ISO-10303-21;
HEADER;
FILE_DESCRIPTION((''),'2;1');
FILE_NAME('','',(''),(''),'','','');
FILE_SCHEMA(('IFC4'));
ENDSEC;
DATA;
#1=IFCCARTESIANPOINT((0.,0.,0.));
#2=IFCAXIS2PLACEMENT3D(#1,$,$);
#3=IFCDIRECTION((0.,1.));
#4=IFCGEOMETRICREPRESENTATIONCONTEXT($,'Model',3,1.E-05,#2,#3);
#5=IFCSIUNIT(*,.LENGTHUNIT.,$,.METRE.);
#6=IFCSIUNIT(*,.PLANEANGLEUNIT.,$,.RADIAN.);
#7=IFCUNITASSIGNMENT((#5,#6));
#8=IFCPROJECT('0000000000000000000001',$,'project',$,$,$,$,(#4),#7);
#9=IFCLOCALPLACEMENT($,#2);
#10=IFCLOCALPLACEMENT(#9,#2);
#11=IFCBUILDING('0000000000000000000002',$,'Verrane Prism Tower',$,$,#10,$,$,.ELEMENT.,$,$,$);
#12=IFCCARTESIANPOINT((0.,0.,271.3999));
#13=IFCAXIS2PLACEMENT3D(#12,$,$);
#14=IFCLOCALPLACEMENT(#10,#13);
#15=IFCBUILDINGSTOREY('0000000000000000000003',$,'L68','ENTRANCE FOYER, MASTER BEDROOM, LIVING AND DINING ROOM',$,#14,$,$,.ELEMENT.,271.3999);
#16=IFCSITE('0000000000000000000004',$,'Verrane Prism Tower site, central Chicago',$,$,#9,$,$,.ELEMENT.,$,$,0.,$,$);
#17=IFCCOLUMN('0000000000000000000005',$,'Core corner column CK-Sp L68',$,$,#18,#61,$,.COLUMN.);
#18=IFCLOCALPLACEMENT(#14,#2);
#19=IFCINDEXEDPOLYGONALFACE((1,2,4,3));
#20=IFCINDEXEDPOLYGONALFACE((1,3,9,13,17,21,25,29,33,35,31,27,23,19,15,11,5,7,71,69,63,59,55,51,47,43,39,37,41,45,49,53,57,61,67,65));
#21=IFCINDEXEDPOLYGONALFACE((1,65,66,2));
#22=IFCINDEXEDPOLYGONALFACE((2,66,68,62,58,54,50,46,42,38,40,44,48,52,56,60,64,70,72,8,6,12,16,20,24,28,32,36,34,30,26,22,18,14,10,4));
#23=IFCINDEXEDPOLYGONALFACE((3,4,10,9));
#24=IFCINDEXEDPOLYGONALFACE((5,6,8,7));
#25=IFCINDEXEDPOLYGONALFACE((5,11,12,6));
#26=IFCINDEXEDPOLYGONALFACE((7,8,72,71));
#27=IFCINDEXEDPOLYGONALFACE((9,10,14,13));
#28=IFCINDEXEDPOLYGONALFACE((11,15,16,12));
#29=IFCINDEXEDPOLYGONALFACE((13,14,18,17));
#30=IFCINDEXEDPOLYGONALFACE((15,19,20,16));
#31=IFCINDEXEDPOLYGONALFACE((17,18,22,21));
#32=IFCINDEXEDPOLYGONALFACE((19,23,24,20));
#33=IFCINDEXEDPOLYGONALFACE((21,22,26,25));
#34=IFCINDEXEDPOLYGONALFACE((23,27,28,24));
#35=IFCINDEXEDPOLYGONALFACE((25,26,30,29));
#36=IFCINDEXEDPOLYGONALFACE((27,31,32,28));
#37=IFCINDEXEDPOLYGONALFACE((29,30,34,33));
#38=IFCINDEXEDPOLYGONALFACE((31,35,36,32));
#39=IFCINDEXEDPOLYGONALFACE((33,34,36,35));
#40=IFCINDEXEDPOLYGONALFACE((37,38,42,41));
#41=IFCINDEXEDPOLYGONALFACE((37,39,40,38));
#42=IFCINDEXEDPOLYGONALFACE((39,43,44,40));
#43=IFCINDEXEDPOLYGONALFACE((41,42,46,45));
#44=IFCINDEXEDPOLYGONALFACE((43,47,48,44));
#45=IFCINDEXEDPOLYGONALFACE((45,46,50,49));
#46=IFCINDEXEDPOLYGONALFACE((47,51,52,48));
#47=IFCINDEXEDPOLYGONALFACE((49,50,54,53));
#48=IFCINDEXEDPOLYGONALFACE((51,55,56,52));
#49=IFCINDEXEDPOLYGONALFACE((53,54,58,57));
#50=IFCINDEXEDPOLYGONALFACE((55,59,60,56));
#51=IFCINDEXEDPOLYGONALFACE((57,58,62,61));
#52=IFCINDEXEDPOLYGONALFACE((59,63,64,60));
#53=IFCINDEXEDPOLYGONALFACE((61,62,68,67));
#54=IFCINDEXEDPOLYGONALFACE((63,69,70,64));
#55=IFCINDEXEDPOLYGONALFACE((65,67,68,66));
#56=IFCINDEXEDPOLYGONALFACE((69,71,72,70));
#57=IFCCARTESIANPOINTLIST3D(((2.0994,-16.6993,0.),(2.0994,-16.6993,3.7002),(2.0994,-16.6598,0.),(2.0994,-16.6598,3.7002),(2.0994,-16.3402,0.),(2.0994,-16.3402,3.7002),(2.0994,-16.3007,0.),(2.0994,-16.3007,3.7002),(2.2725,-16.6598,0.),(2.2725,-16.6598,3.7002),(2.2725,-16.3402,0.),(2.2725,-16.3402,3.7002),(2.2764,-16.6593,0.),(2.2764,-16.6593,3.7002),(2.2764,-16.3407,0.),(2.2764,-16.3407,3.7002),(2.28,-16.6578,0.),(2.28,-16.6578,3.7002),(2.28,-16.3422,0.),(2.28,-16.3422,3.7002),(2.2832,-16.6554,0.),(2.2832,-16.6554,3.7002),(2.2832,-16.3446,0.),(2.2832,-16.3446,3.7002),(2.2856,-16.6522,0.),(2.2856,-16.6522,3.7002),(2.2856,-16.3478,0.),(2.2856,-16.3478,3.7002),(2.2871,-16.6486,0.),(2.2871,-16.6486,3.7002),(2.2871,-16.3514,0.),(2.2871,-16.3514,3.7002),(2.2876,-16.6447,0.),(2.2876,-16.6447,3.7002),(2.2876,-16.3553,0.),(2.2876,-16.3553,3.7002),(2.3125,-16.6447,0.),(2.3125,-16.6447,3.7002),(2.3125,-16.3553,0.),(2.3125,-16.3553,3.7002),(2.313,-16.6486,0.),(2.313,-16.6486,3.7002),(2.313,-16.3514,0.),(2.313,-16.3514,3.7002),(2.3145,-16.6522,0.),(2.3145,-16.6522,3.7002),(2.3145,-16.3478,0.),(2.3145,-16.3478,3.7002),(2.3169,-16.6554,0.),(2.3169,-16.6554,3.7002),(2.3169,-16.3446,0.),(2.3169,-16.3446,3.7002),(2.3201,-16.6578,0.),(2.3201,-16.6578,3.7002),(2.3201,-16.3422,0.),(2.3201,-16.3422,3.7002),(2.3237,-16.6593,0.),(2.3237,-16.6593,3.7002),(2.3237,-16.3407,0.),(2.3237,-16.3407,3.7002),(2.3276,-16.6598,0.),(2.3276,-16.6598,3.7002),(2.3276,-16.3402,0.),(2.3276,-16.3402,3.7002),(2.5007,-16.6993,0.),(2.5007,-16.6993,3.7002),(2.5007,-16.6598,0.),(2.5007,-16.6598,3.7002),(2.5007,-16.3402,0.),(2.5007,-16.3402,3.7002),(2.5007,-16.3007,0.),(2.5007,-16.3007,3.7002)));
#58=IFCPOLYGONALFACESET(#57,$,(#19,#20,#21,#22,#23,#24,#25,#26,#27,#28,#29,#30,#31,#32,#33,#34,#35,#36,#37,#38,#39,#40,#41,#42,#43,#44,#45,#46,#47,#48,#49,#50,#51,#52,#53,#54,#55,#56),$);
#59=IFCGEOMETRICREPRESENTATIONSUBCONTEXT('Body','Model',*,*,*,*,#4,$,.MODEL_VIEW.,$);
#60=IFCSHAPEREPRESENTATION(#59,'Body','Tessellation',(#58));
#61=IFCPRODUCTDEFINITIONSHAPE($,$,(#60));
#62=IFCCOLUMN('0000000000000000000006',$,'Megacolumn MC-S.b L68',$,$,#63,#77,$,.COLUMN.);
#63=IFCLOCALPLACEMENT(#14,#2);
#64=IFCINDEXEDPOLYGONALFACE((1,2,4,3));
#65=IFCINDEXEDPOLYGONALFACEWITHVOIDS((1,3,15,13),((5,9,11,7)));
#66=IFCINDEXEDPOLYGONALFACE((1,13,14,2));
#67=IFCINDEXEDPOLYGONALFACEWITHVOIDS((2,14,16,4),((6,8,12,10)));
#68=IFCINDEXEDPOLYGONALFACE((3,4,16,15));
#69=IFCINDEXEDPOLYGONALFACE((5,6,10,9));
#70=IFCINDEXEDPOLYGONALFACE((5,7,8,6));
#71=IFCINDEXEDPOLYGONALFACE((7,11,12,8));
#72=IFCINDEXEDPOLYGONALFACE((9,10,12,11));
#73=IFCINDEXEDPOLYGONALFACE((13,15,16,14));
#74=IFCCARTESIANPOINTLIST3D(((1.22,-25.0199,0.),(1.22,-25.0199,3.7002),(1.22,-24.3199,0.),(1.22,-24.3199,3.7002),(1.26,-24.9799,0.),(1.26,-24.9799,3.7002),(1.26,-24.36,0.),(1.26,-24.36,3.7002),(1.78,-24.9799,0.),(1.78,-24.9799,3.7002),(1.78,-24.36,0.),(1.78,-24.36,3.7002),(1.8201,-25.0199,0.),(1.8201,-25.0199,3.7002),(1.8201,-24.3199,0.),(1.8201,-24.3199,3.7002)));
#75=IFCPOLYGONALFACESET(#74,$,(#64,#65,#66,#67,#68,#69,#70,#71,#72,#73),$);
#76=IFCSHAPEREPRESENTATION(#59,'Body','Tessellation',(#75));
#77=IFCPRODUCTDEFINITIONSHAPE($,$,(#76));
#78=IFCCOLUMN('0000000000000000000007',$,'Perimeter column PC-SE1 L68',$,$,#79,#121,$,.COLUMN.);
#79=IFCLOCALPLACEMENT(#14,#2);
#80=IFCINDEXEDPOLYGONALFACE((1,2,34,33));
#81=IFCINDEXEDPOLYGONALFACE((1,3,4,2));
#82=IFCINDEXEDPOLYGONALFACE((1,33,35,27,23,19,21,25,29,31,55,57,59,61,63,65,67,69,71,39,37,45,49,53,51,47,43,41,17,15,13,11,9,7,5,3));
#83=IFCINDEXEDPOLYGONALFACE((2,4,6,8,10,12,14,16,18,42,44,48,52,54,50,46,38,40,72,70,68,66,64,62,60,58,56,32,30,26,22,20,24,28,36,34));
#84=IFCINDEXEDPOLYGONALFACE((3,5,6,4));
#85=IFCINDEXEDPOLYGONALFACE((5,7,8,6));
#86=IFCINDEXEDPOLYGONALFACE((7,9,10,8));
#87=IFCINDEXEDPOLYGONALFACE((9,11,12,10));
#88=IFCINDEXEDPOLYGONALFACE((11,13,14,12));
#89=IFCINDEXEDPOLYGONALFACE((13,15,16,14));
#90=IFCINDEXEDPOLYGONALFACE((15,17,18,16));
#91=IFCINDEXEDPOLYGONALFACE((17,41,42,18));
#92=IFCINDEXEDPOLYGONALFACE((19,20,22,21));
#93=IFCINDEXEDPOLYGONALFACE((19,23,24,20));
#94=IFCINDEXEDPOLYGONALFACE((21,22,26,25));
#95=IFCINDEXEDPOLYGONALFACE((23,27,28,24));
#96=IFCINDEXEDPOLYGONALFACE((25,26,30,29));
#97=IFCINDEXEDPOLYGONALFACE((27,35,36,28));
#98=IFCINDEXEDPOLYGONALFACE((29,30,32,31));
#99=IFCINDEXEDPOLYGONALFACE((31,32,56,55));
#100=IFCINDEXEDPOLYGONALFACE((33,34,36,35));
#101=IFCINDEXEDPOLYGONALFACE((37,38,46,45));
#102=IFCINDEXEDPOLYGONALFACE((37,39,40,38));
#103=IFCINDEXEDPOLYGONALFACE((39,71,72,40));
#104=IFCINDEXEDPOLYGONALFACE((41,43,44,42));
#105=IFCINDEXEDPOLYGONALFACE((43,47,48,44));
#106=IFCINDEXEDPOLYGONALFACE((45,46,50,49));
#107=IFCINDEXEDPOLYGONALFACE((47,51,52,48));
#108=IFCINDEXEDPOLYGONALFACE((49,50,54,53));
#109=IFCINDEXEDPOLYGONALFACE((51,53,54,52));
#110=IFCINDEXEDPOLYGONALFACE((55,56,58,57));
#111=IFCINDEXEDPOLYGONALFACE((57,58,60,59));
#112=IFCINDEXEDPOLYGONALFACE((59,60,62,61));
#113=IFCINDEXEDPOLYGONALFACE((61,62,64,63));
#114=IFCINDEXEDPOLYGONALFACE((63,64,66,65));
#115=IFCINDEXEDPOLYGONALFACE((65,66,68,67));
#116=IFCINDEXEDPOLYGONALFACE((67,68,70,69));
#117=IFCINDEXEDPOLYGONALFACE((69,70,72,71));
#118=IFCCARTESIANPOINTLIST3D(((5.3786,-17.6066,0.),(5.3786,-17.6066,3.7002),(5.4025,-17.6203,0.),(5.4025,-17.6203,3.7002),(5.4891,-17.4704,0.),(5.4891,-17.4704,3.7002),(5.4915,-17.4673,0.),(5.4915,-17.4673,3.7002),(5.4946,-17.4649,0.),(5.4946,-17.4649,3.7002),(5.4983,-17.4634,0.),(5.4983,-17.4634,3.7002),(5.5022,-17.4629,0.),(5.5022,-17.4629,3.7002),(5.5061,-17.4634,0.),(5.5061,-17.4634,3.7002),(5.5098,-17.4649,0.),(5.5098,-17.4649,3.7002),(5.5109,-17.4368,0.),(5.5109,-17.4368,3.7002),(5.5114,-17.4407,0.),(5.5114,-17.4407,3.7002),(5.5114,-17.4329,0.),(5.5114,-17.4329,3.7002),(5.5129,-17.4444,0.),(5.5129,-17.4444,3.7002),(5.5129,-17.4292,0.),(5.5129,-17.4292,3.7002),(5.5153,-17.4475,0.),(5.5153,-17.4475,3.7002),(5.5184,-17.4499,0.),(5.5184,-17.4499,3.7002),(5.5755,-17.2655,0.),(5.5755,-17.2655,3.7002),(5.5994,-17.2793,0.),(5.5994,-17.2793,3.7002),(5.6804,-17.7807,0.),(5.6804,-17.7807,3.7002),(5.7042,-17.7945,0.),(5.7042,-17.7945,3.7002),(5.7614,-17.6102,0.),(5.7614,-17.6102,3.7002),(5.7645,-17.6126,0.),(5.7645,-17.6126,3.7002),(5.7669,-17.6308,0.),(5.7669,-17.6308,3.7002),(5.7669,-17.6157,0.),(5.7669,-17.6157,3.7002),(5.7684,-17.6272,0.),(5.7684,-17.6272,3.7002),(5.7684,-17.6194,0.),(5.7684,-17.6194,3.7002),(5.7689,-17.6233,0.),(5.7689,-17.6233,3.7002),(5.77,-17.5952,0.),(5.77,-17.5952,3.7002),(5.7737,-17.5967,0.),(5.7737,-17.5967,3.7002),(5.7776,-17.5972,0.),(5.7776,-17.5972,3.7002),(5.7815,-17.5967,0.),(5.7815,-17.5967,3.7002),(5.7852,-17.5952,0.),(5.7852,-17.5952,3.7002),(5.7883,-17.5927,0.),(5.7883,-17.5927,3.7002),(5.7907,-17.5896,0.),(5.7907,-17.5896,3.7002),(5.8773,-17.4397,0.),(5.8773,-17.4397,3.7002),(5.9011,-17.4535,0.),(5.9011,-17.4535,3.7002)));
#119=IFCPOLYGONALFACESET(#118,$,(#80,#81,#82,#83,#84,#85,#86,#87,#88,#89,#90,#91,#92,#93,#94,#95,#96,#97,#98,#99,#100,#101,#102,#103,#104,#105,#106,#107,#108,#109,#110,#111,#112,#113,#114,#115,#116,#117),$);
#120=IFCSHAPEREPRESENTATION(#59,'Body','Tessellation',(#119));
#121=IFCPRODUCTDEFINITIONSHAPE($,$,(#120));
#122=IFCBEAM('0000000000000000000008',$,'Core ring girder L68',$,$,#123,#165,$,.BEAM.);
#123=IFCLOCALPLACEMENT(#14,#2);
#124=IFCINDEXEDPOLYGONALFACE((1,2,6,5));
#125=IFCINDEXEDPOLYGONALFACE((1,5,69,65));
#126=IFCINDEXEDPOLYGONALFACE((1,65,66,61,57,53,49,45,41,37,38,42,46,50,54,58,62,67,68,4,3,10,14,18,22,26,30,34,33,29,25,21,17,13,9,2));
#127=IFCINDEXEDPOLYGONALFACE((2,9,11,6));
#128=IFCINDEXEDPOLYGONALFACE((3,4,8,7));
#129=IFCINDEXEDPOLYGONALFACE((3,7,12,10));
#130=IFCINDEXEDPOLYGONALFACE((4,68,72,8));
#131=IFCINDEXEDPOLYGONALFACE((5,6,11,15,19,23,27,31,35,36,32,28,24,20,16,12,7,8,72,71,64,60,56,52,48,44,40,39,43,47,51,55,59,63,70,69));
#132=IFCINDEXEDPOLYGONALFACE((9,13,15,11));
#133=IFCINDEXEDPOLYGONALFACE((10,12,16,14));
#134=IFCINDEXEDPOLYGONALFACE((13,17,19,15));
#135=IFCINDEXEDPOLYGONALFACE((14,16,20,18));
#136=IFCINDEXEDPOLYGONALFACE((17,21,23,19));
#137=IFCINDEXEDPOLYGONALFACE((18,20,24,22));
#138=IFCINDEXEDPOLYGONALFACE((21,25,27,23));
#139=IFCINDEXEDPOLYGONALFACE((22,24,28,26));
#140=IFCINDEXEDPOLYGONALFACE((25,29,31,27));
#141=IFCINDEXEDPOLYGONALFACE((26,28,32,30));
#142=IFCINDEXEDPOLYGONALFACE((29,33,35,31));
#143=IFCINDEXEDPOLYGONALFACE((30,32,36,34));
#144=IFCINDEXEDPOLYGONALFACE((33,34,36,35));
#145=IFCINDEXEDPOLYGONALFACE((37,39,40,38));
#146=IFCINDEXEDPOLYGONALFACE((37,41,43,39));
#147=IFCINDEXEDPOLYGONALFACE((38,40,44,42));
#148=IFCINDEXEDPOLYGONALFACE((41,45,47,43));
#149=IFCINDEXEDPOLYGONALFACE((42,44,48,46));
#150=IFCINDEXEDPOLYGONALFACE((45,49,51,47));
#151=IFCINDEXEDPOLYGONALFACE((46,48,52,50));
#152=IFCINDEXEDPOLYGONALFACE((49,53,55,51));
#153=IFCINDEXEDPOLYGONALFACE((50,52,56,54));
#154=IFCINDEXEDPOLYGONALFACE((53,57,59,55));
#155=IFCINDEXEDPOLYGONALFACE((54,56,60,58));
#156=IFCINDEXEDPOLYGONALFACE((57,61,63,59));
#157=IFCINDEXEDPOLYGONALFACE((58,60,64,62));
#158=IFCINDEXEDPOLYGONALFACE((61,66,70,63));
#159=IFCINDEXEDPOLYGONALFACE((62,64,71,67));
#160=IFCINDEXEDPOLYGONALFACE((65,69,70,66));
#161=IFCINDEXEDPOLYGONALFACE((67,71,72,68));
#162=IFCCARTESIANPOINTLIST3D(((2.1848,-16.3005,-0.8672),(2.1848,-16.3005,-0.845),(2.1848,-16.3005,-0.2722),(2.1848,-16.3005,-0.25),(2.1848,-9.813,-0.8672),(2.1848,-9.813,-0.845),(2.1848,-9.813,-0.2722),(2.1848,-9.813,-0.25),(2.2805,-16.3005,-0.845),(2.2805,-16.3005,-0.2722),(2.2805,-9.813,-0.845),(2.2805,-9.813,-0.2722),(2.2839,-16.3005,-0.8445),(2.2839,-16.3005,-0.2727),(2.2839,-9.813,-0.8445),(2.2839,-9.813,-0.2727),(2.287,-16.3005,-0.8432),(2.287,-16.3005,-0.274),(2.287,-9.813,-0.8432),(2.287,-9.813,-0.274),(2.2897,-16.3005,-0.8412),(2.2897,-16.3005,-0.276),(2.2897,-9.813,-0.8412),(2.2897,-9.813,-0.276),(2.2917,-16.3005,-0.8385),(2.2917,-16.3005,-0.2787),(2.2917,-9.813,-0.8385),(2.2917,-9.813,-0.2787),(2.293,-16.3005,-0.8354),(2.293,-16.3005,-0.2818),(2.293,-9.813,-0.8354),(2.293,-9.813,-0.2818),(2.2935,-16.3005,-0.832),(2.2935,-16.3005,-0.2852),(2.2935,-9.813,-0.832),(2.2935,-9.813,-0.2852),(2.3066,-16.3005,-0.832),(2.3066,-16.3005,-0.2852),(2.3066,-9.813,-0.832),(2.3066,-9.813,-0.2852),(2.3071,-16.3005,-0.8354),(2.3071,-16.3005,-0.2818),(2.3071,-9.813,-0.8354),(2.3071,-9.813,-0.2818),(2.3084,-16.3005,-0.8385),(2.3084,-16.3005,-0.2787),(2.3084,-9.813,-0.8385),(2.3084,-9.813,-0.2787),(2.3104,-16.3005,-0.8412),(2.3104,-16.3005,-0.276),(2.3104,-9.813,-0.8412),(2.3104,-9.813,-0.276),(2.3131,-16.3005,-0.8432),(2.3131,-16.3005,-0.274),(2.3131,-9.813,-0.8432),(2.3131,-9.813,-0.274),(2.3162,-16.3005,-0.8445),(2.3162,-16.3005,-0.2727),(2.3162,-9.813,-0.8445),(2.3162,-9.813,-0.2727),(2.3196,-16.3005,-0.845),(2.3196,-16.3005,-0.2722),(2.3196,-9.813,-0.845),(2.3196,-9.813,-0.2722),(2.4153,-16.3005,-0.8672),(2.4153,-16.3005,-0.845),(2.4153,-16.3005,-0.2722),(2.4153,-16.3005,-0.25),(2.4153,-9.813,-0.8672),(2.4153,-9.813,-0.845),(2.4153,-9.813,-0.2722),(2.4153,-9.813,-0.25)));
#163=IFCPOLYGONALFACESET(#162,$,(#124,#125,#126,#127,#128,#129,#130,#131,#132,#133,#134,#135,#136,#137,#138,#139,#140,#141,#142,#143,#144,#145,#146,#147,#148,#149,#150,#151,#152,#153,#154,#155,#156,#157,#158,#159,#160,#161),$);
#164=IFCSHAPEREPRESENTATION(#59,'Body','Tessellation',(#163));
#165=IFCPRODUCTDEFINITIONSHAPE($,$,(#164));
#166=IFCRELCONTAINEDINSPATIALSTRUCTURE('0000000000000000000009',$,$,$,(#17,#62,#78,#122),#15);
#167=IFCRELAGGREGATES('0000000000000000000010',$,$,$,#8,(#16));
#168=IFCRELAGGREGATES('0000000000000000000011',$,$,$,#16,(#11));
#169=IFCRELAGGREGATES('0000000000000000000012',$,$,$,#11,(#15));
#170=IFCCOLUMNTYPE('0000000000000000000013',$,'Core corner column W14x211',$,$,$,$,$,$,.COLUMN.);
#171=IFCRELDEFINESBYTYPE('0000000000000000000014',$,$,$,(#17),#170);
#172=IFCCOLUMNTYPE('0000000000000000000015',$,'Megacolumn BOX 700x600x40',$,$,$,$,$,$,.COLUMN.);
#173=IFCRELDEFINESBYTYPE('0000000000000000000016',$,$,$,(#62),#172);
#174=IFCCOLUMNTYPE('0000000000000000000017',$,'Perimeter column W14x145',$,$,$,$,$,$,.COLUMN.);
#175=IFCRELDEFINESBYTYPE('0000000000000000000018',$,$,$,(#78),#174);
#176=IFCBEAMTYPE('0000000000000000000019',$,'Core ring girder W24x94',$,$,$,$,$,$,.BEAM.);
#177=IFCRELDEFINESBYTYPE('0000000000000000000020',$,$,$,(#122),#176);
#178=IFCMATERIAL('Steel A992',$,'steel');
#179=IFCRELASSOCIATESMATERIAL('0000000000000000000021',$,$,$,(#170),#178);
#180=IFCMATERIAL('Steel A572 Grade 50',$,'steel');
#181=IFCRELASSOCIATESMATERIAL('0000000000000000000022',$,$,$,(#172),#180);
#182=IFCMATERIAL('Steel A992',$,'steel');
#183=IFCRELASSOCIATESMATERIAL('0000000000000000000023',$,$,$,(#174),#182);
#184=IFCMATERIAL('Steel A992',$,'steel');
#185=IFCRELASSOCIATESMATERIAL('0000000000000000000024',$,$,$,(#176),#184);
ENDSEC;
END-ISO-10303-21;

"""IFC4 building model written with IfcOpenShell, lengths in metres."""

from ifc_helpers import new_model, si_unit, direction, frame, origin, origin_2d, place, context, subcontext, project, spatial, hollow_rectangle, i_section, extrude, material, material_profile, profile_set, type_object, element, save


model = new_model("IFC4")

# Units and contexts
model_context = context("Model", 3, precision=1e-05, world=origin(), true_north=direction((0.0, 1.0)))
body_context = subcontext(model_context, "Body", "Model", "MODEL_VIEW")
ifc_project = project(units=[si_unit("LENGTHUNIT", "METRE"), si_unit("PLANEANGLEUNIT", "RADIAN")], contexts=[model_context])

# Site, building, storey
site_placement = place(None, origin())
site = spatial("IfcSite", under=ifc_project, at=site_placement, Name="Verrane Prism Tower site, central Chicago", CompositionType="ELEMENT", RefElevation=0.0)
building_placement = place(site_placement, origin())
building = spatial("IfcBuilding", under=site, at=building_placement, Name="Verrane Prism Tower", CompositionType="ELEMENT")
storey_placement = place(building_placement, frame((0.0, 0.0, 271.3999)))
storey = spatial("IfcBuildingStorey", under=building, at=storey_placement, Name="L68", Description="ENTRANCE FOYER, MASTER BEDROOM, LIVING AND DINING ROOM", CompositionType="ELEMENT", Elevation=271.3999)

# Columns
ifc_material_1 = material(Name="Steel A992", Category="steel")
ifc_material_profile_1 = material_profile(ifc_material_1, i_section(OverallWidth=0.4014, OverallDepth=0.3987, WebThickness=0.0249, FlangeThickness=0.0396, FilletRadius=0.0151, at=origin_2d()), Name="W14x211")
ifc_profile_set_1 = profile_set([ifc_material_profile_1], Name="Steel A992")
column_type_1 = type_object("IfcColumnType", Name="Core corner column W14x211", PredefinedType="COLUMN", material=ifc_profile_set_1)
column_1_placement = place(storey_placement, frame((2.3, -16.5, 0.0), z_axis=(0.0, 0.0, 1.0), x_axis=(-1.0, 0.0, 0.0)))
element("IfcColumn", 1, at=column_1_placement, inside=storey, type_object=column_type_1, Name="Core corner column CK-Sp L68", PredefinedType="COLUMN", context=body_context, shape_type="SweptSolid", body=[
    extrude(i_section(OverallWidth=0.4014, OverallDepth=0.3987, WebThickness=0.0249, FlangeThickness=0.0396, FilletRadius=0.0151, at=origin_2d()), origin(), (0.0, 0.0, 1.0), 3.7002),
])
ifc_material_2 = material(Name="Steel A572 Grade 50", Category="steel")
ifc_material_profile_2 = material_profile(ifc_material_2, hollow_rectangle(XDim=0.6001, YDim=0.7, WallThickness=0.04, at=origin_2d()), Name="BOX 700x600x40")
ifc_profile_set_2 = profile_set([ifc_material_profile_2], Name="Steel A572 Grade 50")
column_type_2 = type_object("IfcColumnType", Name="Megacolumn BOX 700x600x40", PredefinedType="COLUMN", material=ifc_profile_set_2)
column_2_placement = place(storey_placement, frame((1.52, -24.6699, 0.0), z_axis=(0.0, 0.0, 1.0), x_axis=(-1.0, 0.0, 0.0)))
element("IfcColumn", 2, at=column_2_placement, inside=storey, type_object=column_type_2, Name="Megacolumn MC-S.b L68", PredefinedType="COLUMN", context=body_context, shape_type="SweptSolid", body=[
    extrude(hollow_rectangle(XDim=0.6001, YDim=0.7, WallThickness=0.04, at=origin_2d()), origin(), (0.0, 0.0, 1.0), 3.7002),
])
ifc_material_3 = material(Name="Steel A992", Category="steel")
ifc_material_profile_3 = material_profile(ifc_material_3, i_section(OverallWidth=0.3938, OverallDepth=0.376, WebThickness=0.0173, FlangeThickness=0.0276, FilletRadius=0.0151, at=origin_2d()), Name="W14x145")
ifc_profile_set_3 = profile_set([ifc_material_profile_3], Name="Steel A992")
column_type_3 = type_object("IfcColumnType", Name="Perimeter column W14x145", PredefinedType="COLUMN", material=ifc_profile_set_3)
column_3_placement = place(storey_placement, frame((5.6399, -17.53, 0.0), z_axis=(0.0, 0.0, 1.0), x_axis=(-0.5, -0.866025, 0.0)))
element("IfcColumn", 3, at=column_3_placement, inside=storey, type_object=column_type_3, Name="Perimeter column PC-SE1 L68", PredefinedType="COLUMN", context=body_context, shape_type="SweptSolid", body=[
    extrude(i_section(OverallWidth=0.3938, OverallDepth=0.376, WebThickness=0.0173, FlangeThickness=0.0276, FilletRadius=0.0151, at=origin_2d()), origin(), (0.0, 0.0, 1.0), 3.7002),
])

# Beam
ifc_material_4 = material(Name="Steel A992", Category="steel")
ifc_material_profile_4 = material_profile(ifc_material_4, i_section(OverallWidth=0.2305, OverallDepth=0.6172, WebThickness=0.0132, FlangeThickness=0.0222, FilletRadius=0.0129, at=origin_2d()), Name="W24x94")
ifc_profile_set_4 = profile_set([ifc_material_profile_4], Name="Steel A992")
beam_type_1 = type_object("IfcBeamType", Name="Core ring girder W24x94", PredefinedType="BEAM", material=ifc_profile_set_4)
beam_1_placement = place(storey_placement, frame((2.3, -16.3005, -0.5586), z_axis=(0.0, 1.0, 0.0), x_axis=(-1.0, 0.0, 0.0)))
element("IfcBeam", 4, at=beam_1_placement, inside=storey, type_object=beam_type_1, Name="Core ring girder L68", PredefinedType="BEAM", context=body_context, shape_type="SweptSolid", body=[
    extrude(i_section(OverallWidth=0.2305, OverallDepth=0.6172, WebThickness=0.0132, FlangeThickness=0.0222, FilletRadius=0.0129, at=origin_2d()), origin(), (0.0, 0.0, 1.0), 6.4875),
])

save(model, "model.ifc")
